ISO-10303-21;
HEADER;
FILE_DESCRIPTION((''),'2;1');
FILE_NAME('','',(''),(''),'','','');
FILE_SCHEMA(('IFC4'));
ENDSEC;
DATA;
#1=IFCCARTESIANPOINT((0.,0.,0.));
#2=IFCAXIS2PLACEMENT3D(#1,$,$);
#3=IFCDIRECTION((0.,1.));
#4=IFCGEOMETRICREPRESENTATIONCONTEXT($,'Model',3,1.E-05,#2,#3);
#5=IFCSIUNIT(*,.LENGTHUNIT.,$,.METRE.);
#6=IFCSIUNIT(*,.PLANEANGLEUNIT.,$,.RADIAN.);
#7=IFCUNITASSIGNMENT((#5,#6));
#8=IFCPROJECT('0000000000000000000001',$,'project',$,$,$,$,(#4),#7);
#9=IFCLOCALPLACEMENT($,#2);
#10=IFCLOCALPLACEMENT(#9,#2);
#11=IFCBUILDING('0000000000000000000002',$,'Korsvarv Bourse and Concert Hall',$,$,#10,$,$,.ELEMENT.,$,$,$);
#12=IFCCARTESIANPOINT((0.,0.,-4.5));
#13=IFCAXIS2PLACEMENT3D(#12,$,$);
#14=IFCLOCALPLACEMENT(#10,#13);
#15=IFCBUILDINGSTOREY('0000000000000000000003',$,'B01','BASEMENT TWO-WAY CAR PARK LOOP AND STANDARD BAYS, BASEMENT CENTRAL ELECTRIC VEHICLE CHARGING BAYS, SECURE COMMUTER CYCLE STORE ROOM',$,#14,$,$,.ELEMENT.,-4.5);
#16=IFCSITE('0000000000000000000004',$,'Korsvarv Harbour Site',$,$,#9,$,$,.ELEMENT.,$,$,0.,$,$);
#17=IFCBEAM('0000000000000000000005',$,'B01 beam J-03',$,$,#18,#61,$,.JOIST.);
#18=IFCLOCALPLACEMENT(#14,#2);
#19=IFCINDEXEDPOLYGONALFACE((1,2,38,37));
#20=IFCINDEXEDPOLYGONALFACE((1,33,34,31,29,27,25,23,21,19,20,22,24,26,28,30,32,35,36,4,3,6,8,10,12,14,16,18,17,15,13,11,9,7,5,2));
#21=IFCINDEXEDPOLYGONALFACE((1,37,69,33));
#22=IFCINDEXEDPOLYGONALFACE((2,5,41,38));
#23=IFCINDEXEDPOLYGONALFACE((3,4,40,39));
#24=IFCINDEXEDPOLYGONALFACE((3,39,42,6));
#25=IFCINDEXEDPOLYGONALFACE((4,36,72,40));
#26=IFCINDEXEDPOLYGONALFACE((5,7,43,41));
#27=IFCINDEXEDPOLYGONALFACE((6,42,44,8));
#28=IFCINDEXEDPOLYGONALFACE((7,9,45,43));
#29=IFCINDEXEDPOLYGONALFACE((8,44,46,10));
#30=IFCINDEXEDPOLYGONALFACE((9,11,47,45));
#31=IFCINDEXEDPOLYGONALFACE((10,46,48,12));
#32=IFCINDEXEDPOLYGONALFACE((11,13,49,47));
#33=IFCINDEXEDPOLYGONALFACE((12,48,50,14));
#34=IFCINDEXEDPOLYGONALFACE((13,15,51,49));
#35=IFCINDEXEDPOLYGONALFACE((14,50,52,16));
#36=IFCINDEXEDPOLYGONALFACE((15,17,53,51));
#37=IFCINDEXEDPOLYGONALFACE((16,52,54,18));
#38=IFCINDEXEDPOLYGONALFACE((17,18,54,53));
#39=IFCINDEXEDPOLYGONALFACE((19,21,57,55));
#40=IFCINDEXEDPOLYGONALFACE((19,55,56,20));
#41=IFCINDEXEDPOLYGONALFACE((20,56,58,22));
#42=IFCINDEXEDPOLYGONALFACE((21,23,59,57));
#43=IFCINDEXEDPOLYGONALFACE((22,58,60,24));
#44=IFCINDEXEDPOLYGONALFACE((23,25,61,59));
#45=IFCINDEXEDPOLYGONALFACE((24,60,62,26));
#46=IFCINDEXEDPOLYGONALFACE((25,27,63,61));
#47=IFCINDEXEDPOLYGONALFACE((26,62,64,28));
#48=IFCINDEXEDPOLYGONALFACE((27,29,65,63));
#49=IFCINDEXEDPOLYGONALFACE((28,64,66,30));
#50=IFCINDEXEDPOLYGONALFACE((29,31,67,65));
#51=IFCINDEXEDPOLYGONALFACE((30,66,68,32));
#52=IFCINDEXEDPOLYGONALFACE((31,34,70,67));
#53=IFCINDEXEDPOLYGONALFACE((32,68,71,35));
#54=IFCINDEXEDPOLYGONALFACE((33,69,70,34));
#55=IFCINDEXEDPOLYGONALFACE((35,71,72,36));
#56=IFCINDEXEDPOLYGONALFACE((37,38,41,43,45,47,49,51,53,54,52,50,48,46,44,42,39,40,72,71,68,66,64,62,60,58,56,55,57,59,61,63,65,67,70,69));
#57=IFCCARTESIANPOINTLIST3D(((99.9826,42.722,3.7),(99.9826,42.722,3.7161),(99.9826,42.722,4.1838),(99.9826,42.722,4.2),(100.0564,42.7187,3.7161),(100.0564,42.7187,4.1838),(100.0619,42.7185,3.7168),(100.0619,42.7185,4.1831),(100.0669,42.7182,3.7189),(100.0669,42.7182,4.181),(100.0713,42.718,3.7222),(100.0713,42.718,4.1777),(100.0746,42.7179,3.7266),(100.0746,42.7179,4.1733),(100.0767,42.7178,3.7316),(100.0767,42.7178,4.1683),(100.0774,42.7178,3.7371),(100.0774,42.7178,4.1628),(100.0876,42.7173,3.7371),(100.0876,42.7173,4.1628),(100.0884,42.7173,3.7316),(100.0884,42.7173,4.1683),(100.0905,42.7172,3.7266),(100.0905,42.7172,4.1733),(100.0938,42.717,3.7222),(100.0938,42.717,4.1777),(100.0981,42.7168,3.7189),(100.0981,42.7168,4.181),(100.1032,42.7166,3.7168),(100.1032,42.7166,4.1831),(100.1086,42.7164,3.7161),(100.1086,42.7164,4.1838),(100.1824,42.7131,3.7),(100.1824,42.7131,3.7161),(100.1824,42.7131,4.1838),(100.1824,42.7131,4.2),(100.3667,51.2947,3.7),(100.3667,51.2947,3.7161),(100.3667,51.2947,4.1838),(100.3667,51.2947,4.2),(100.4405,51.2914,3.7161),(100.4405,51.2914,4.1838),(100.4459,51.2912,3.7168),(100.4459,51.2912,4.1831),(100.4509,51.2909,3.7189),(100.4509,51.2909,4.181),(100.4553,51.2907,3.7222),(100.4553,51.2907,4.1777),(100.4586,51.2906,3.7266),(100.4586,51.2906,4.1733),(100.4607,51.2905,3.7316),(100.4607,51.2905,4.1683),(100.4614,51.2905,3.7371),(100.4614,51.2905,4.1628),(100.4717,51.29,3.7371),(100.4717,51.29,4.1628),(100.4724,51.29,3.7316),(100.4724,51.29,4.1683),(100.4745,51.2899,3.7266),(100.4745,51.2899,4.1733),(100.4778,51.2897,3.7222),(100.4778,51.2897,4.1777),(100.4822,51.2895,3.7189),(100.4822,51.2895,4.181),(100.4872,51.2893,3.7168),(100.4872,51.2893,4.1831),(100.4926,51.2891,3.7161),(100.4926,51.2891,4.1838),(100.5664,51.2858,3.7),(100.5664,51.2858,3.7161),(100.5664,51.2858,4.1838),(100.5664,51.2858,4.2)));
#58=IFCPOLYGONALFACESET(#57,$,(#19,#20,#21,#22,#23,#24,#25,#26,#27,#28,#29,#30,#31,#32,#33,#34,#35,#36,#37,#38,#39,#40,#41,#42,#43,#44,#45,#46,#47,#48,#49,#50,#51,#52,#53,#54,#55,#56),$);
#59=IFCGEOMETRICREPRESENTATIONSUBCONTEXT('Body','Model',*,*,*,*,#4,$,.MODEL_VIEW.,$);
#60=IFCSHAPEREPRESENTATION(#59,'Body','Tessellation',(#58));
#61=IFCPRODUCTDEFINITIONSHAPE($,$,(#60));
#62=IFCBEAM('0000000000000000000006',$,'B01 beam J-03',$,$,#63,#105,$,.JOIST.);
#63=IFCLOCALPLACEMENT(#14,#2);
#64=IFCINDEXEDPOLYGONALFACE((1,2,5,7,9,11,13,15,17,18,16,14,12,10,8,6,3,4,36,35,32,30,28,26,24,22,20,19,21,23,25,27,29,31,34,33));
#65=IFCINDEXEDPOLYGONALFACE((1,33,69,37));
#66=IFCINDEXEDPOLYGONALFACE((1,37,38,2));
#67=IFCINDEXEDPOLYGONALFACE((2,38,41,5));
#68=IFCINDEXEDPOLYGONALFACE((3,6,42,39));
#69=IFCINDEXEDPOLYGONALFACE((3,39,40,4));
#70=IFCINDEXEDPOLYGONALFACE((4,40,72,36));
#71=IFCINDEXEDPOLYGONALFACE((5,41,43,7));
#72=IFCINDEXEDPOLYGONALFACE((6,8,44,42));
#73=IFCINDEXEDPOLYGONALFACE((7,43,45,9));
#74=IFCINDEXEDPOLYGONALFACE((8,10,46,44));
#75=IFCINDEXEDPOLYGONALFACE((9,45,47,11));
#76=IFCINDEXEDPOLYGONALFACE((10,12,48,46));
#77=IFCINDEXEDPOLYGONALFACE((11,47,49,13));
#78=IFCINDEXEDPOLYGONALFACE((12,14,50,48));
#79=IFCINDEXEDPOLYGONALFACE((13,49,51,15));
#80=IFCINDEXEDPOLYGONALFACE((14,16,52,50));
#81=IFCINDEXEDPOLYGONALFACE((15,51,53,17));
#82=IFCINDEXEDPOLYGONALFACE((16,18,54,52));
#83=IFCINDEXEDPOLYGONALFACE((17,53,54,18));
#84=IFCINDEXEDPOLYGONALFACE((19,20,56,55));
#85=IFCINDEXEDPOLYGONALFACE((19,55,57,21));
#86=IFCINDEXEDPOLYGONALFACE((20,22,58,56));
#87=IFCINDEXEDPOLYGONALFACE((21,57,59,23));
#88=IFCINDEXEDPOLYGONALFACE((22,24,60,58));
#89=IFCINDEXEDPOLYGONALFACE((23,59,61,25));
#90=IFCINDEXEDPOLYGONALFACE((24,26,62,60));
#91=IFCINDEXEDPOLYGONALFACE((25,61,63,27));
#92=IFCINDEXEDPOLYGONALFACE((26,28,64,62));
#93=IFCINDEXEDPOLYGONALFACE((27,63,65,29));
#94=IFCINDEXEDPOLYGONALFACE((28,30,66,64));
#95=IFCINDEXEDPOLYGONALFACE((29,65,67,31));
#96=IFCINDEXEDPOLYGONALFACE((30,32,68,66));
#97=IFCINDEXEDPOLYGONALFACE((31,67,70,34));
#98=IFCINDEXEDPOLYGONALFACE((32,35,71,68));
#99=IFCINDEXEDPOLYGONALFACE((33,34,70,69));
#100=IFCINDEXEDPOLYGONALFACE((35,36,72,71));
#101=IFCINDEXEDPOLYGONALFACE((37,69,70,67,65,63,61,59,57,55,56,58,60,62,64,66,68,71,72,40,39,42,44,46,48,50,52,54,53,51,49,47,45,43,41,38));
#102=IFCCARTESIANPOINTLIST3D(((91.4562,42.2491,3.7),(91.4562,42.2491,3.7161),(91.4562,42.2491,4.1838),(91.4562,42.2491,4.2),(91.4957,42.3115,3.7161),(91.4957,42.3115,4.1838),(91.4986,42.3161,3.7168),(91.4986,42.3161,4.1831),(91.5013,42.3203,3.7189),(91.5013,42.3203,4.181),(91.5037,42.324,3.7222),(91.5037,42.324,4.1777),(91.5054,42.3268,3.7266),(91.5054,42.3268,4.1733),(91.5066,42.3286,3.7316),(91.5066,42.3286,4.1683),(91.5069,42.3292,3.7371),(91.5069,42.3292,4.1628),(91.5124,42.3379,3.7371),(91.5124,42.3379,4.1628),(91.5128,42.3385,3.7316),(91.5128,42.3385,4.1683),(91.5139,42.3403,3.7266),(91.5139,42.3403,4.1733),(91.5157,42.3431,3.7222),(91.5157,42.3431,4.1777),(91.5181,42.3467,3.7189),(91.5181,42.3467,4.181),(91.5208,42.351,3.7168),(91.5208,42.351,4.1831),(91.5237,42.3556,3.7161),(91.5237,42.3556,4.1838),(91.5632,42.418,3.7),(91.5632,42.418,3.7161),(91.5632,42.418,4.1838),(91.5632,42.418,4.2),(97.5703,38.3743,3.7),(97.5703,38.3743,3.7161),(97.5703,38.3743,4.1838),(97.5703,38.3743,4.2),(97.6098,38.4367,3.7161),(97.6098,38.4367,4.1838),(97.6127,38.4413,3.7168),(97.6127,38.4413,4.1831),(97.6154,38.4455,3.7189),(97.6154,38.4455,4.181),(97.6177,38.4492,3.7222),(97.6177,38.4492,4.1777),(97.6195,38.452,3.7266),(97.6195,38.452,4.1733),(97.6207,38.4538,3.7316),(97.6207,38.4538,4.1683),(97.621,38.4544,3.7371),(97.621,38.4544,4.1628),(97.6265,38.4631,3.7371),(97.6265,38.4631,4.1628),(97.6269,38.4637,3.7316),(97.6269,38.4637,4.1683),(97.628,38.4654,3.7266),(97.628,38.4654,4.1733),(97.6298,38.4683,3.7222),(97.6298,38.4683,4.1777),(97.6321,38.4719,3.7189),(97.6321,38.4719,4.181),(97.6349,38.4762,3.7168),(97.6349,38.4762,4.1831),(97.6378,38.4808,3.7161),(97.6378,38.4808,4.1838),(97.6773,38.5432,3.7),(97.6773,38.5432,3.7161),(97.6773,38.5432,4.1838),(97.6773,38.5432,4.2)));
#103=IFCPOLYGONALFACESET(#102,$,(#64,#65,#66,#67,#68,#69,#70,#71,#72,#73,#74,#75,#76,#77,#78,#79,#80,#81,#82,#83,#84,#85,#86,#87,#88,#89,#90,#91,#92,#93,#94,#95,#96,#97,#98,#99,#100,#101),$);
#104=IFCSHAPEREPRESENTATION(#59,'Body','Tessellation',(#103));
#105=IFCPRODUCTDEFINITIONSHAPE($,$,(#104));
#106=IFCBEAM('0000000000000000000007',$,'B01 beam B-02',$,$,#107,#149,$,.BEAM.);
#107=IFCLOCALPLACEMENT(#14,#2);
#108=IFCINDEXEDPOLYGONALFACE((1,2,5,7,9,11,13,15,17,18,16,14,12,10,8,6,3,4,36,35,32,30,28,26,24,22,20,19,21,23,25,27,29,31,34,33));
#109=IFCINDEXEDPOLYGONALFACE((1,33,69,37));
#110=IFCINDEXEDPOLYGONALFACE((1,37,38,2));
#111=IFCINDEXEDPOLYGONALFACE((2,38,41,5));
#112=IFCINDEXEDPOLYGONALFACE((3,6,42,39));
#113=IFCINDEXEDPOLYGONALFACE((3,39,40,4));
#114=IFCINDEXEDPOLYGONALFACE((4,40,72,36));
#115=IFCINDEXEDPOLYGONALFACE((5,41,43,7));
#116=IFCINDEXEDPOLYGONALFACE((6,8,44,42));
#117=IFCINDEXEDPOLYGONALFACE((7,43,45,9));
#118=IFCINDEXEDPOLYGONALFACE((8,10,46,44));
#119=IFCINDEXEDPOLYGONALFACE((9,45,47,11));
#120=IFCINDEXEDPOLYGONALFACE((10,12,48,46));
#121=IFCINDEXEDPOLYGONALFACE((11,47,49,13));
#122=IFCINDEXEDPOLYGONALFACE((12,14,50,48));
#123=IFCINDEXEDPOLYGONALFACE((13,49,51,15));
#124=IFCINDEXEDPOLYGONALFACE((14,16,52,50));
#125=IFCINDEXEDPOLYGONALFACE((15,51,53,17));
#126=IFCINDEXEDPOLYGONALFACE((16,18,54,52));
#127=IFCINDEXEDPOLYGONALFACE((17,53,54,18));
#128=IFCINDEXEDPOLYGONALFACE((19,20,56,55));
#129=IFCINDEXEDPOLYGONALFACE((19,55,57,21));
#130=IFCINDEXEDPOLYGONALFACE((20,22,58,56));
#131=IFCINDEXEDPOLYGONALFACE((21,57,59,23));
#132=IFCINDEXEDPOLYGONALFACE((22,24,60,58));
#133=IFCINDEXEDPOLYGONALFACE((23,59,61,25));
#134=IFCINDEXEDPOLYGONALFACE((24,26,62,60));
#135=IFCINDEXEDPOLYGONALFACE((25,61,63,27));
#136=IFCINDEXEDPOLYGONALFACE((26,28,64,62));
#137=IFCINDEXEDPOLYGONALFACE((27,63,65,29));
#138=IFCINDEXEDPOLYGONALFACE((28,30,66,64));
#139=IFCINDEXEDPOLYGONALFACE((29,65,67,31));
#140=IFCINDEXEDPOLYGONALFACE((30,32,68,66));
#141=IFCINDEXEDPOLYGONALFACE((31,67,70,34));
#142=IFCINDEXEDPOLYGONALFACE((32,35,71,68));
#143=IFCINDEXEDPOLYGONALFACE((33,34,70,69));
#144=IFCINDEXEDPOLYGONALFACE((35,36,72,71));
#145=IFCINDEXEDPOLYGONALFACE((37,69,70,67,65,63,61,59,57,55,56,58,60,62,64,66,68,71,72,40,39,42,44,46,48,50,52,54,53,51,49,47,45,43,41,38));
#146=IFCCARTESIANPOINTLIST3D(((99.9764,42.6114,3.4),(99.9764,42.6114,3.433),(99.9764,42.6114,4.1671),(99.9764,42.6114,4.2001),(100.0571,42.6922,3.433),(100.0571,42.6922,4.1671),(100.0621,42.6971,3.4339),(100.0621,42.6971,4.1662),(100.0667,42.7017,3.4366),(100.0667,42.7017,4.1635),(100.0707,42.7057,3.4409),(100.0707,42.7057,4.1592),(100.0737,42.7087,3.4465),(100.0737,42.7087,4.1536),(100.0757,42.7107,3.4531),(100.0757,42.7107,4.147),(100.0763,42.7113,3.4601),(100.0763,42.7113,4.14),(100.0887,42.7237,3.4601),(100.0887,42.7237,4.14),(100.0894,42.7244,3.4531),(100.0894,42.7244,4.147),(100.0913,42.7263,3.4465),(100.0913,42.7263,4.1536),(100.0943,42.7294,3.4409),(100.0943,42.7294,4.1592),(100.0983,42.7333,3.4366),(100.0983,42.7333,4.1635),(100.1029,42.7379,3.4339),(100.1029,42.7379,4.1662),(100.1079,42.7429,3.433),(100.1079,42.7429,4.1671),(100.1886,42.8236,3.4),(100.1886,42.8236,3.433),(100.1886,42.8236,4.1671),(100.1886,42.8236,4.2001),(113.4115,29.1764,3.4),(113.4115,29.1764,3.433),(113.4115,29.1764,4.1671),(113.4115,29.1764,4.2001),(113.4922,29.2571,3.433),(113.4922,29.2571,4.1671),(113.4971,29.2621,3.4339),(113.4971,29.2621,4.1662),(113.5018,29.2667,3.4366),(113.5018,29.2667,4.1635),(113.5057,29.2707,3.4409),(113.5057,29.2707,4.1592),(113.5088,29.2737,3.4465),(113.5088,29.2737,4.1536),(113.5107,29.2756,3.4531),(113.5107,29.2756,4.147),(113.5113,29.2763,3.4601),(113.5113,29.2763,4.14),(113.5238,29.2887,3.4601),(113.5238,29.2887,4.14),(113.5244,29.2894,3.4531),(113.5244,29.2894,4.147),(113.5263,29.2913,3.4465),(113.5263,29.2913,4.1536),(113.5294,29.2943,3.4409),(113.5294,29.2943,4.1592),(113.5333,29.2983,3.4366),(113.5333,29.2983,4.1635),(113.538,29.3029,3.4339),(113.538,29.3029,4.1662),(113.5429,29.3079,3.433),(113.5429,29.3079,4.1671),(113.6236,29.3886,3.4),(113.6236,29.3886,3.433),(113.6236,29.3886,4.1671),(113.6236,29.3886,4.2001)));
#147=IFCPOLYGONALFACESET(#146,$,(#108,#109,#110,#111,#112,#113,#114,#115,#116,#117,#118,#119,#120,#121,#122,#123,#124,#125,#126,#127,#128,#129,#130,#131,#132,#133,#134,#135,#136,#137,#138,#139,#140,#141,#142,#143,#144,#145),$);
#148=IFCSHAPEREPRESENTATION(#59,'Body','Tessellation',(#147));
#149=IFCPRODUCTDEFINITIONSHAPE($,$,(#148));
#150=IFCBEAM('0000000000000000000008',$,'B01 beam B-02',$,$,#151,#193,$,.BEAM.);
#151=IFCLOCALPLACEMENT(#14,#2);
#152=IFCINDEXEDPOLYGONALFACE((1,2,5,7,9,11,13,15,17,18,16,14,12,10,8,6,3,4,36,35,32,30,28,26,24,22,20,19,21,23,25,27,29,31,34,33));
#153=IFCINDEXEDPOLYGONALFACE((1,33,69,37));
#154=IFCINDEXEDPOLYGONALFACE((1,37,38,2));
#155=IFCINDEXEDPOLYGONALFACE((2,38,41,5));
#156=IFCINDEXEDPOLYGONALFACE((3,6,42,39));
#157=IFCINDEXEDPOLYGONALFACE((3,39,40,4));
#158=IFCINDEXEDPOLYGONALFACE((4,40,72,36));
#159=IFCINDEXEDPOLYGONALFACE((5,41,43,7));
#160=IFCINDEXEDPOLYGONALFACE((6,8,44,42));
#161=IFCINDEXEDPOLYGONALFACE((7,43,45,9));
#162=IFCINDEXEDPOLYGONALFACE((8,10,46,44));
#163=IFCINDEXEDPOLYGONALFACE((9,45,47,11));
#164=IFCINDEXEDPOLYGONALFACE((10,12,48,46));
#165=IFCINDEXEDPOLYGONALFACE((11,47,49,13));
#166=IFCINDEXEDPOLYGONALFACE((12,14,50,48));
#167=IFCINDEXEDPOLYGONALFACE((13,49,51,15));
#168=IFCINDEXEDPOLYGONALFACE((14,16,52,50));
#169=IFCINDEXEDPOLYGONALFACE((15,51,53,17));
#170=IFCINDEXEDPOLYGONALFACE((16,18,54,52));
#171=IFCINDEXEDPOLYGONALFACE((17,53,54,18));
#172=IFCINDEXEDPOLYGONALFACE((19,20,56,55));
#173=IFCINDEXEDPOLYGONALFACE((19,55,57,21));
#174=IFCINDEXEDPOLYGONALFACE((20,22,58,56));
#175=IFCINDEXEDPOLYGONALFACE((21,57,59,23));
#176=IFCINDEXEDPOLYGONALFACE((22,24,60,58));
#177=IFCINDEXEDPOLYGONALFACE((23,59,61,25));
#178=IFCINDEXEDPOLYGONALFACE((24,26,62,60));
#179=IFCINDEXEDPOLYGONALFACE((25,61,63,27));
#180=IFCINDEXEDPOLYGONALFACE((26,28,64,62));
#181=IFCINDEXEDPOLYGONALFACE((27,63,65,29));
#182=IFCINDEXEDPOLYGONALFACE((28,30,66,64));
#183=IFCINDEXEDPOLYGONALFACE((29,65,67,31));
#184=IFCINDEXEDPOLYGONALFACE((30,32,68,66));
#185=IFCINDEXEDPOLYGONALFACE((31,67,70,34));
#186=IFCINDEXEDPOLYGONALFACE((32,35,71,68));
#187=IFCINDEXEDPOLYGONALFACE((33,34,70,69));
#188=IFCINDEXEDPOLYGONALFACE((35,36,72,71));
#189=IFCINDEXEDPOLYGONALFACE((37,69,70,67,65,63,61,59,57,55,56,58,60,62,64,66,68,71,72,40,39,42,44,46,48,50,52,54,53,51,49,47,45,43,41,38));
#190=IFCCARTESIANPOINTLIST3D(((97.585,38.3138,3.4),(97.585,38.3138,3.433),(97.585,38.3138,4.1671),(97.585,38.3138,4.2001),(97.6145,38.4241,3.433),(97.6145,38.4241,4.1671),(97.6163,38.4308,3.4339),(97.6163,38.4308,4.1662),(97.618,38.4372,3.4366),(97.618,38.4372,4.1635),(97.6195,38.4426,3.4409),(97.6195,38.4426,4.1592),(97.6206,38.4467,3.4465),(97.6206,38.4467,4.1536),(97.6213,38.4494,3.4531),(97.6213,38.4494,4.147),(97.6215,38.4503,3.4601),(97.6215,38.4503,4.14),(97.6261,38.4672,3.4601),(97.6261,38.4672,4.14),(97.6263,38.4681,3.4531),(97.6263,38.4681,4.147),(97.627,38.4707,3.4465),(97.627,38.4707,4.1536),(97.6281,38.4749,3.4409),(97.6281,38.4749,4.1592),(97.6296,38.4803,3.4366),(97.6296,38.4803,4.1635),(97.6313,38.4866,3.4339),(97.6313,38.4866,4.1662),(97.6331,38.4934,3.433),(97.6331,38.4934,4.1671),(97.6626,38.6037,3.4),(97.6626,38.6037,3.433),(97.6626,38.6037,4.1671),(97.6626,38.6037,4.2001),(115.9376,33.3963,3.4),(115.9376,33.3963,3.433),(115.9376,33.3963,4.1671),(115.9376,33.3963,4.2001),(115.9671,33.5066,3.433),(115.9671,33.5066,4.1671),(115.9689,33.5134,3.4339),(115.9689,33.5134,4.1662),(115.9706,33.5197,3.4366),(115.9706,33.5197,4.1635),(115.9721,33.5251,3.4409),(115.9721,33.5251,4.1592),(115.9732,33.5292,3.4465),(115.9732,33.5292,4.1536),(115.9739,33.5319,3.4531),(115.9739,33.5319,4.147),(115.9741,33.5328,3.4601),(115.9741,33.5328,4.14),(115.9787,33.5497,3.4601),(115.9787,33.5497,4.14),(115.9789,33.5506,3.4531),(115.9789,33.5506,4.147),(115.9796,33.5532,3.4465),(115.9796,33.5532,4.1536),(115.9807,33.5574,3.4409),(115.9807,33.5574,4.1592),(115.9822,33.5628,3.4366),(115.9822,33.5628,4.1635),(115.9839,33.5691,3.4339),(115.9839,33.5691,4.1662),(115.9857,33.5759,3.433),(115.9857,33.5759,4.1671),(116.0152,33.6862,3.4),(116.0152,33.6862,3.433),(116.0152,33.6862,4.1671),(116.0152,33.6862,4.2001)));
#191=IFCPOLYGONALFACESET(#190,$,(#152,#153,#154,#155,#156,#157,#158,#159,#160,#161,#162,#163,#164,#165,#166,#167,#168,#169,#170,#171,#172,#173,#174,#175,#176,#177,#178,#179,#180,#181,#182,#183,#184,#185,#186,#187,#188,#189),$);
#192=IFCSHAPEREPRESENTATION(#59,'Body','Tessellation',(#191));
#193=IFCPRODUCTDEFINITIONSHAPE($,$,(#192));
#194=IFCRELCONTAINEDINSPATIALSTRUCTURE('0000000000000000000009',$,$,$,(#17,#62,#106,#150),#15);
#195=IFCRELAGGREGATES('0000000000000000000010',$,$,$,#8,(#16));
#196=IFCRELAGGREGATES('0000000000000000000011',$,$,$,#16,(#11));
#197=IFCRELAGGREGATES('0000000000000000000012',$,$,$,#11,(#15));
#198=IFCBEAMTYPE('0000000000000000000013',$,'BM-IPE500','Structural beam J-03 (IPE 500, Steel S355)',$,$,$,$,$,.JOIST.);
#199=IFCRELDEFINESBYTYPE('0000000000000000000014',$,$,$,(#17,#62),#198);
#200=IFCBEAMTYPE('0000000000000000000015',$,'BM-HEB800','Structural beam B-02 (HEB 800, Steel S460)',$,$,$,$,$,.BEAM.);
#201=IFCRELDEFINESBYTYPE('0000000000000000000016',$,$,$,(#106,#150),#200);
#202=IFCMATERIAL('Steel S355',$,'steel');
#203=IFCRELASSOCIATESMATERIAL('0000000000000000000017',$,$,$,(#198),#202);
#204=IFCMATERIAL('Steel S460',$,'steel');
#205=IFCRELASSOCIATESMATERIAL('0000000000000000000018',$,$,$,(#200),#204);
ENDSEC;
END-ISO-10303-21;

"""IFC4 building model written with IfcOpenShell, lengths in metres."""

from ifc_helpers import new_model, si_unit, direction, frame, origin, origin_2d, place, context, subcontext, project, spatial, i_section, extrude, source, transform, mapped, material, material_profile, profile_set, type_object, element, save


model = new_model("IFC4")

# Units and contexts
model_context = context("Model", 3, precision=1e-05, world=origin(), true_north=direction((0.0, 1.0)))
body_context = subcontext(model_context, "Body", "Model", "MODEL_VIEW")
ifc_project = project(units=[si_unit("LENGTHUNIT", "METRE"), si_unit("PLANEANGLEUNIT", "RADIAN")], contexts=[model_context])

# Site, building, storey
site_placement = place(None, origin())
site = spatial("IfcSite", under=ifc_project, at=site_placement, Name="Korsvarv Harbour Site", CompositionType="ELEMENT", RefElevation=0.0)
building_placement = place(site_placement, origin())
building = spatial("IfcBuilding", under=site, at=building_placement, Name="Korsvarv Bourse and Concert Hall", CompositionType="ELEMENT")
storey_placement = place(building_placement, frame((0.0, 0.0, -4.5)))
storey = spatial("IfcBuildingStorey", under=building, at=storey_placement, Name="B01", Description="BASEMENT TWO-WAY CAR PARK LOOP AND STANDARD BAYS, BASEMENT CENTRAL ELECTRIC VEHICLE CHARGING BAYS, SECURE COMMUTER CYCLE STORE ROOM", CompositionType="ELEMENT", Elevation=-4.5)

# Beams
ifc_material_1 = material(Name="Steel S355", Category="steel")
ifc_material_profile_1 = material_profile(ifc_material_1, i_section(OverallWidth=0.2, OverallDepth=0.5, WebThickness=0.0103, FlangeThickness=0.0161, FilletRadius=0.021, at=origin_2d()), Name="IPE 500")
ifc_profile_set_1 = profile_set([ifc_material_profile_1], Name="Steel S355")
beam_type_1 = type_object("IfcBeamType", Name="BM-IPE500", Description="Structural beam J-03 (IPE 500, Steel S355)", PredefinedType="JOIST", material=ifc_profile_set_1)
shared_shape_1 = source(origin(), body_context, "Body", "SweptSolid", [
    extrude(i_section(OverallWidth=0.2, OverallDepth=0.5, WebThickness=0.0103, FlangeThickness=0.0161, FilletRadius=0.021, at=origin_2d()), origin(), (0.0, 0.0, 1.0), 8.5813),
])
beam_1_placement = place(storey_placement, frame((100.0825, 42.7175, 3.95), z_axis=(0.044752, 0.998998, 0.0), x_axis=(-0.998998, 0.044752, 0.0)))
element("IfcBeam", 1, at=beam_1_placement, inside=storey, type_object=beam_type_1, Name="B01 beam J-03", PredefinedType="JOIST", context=body_context, shape_type="MappedRepresentation", body=[
    mapped(shared_shape_1, transform((0.0, 0.0, 0.0), scale=1.0)),
])
shared_shape_2 = source(origin(), body_context, "Body", "SweptSolid", [
    extrude(i_section(OverallWidth=0.2, OverallDepth=0.5, WebThickness=0.0103, FlangeThickness=0.0161, FilletRadius=0.021, at=origin_2d()), origin(), (0.0, 0.0, 1.0), 7.2385),
])
beam_2_placement = place(storey_placement, frame((97.6238, 38.4587, 3.95), z_axis=(-0.84466, 0.535303, 0.0), x_axis=(-0.535303, -0.84466, 0.0)))
element("IfcBeam", 2, at=beam_2_placement, inside=storey, type_object=beam_type_1, Name="B01 beam J-03", PredefinedType="JOIST", context=body_context, shape_type="MappedRepresentation", body=[
    mapped(shared_shape_2, transform((0.0, 0.0, 0.0), scale=1.0)),
])
ifc_material_2 = material(Name="Steel S460", Category="steel")
ifc_material_profile_2 = material_profile(ifc_material_2, i_section(OverallWidth=0.3, OverallDepth=0.8, WebThickness=0.0176, FlangeThickness=0.033, FilletRadius=0.0271, at=origin_2d()), Name="HEB 800")
ifc_profile_set_2 = profile_set([ifc_material_profile_2], Name="Steel S460")
beam_type_2 = type_object("IfcBeamType", Name="BM-HEB800", Description="Structural beam B-02 (HEB 800, Steel S460)", PredefinedType="BEAM", material=ifc_profile_set_2)
shared_shape_3 = source(origin(), body_context, "Body", "SweptSolid", [
    extrude(i_section(OverallWidth=0.3, OverallDepth=0.8, WebThickness=0.0176, FlangeThickness=0.033, FilletRadius=0.0271, at=origin_2d()), origin(), (0.0, 0.0, 1.0), 19.0),
])
for number, where, z_axis, x_axis, name in (
    (3, (100.0825, 42.7175, 3.8), (0.707107, -0.707107, 0.0), (0.707107, 0.707107, 0.0), "B01 beam B-02"),
    (4, (97.6238, 38.4587, 3.8), (0.965927, -0.258816, 0.0), (0.258816, 0.965927, 0.0), "B01 beam B-02"),
):
    element("IfcBeam", number, at=place(storey_placement, frame(where, z_axis=z_axis, x_axis=x_axis)), inside=storey, type_object=beam_type_2, Name=name, PredefinedType="BEAM", context=body_context, shape_type="MappedRepresentation", body=[
        mapped(shared_shape_3, transform((0.0, 0.0, 0.0), scale=1.0)),
    ])

save(model, "model.ifc")
